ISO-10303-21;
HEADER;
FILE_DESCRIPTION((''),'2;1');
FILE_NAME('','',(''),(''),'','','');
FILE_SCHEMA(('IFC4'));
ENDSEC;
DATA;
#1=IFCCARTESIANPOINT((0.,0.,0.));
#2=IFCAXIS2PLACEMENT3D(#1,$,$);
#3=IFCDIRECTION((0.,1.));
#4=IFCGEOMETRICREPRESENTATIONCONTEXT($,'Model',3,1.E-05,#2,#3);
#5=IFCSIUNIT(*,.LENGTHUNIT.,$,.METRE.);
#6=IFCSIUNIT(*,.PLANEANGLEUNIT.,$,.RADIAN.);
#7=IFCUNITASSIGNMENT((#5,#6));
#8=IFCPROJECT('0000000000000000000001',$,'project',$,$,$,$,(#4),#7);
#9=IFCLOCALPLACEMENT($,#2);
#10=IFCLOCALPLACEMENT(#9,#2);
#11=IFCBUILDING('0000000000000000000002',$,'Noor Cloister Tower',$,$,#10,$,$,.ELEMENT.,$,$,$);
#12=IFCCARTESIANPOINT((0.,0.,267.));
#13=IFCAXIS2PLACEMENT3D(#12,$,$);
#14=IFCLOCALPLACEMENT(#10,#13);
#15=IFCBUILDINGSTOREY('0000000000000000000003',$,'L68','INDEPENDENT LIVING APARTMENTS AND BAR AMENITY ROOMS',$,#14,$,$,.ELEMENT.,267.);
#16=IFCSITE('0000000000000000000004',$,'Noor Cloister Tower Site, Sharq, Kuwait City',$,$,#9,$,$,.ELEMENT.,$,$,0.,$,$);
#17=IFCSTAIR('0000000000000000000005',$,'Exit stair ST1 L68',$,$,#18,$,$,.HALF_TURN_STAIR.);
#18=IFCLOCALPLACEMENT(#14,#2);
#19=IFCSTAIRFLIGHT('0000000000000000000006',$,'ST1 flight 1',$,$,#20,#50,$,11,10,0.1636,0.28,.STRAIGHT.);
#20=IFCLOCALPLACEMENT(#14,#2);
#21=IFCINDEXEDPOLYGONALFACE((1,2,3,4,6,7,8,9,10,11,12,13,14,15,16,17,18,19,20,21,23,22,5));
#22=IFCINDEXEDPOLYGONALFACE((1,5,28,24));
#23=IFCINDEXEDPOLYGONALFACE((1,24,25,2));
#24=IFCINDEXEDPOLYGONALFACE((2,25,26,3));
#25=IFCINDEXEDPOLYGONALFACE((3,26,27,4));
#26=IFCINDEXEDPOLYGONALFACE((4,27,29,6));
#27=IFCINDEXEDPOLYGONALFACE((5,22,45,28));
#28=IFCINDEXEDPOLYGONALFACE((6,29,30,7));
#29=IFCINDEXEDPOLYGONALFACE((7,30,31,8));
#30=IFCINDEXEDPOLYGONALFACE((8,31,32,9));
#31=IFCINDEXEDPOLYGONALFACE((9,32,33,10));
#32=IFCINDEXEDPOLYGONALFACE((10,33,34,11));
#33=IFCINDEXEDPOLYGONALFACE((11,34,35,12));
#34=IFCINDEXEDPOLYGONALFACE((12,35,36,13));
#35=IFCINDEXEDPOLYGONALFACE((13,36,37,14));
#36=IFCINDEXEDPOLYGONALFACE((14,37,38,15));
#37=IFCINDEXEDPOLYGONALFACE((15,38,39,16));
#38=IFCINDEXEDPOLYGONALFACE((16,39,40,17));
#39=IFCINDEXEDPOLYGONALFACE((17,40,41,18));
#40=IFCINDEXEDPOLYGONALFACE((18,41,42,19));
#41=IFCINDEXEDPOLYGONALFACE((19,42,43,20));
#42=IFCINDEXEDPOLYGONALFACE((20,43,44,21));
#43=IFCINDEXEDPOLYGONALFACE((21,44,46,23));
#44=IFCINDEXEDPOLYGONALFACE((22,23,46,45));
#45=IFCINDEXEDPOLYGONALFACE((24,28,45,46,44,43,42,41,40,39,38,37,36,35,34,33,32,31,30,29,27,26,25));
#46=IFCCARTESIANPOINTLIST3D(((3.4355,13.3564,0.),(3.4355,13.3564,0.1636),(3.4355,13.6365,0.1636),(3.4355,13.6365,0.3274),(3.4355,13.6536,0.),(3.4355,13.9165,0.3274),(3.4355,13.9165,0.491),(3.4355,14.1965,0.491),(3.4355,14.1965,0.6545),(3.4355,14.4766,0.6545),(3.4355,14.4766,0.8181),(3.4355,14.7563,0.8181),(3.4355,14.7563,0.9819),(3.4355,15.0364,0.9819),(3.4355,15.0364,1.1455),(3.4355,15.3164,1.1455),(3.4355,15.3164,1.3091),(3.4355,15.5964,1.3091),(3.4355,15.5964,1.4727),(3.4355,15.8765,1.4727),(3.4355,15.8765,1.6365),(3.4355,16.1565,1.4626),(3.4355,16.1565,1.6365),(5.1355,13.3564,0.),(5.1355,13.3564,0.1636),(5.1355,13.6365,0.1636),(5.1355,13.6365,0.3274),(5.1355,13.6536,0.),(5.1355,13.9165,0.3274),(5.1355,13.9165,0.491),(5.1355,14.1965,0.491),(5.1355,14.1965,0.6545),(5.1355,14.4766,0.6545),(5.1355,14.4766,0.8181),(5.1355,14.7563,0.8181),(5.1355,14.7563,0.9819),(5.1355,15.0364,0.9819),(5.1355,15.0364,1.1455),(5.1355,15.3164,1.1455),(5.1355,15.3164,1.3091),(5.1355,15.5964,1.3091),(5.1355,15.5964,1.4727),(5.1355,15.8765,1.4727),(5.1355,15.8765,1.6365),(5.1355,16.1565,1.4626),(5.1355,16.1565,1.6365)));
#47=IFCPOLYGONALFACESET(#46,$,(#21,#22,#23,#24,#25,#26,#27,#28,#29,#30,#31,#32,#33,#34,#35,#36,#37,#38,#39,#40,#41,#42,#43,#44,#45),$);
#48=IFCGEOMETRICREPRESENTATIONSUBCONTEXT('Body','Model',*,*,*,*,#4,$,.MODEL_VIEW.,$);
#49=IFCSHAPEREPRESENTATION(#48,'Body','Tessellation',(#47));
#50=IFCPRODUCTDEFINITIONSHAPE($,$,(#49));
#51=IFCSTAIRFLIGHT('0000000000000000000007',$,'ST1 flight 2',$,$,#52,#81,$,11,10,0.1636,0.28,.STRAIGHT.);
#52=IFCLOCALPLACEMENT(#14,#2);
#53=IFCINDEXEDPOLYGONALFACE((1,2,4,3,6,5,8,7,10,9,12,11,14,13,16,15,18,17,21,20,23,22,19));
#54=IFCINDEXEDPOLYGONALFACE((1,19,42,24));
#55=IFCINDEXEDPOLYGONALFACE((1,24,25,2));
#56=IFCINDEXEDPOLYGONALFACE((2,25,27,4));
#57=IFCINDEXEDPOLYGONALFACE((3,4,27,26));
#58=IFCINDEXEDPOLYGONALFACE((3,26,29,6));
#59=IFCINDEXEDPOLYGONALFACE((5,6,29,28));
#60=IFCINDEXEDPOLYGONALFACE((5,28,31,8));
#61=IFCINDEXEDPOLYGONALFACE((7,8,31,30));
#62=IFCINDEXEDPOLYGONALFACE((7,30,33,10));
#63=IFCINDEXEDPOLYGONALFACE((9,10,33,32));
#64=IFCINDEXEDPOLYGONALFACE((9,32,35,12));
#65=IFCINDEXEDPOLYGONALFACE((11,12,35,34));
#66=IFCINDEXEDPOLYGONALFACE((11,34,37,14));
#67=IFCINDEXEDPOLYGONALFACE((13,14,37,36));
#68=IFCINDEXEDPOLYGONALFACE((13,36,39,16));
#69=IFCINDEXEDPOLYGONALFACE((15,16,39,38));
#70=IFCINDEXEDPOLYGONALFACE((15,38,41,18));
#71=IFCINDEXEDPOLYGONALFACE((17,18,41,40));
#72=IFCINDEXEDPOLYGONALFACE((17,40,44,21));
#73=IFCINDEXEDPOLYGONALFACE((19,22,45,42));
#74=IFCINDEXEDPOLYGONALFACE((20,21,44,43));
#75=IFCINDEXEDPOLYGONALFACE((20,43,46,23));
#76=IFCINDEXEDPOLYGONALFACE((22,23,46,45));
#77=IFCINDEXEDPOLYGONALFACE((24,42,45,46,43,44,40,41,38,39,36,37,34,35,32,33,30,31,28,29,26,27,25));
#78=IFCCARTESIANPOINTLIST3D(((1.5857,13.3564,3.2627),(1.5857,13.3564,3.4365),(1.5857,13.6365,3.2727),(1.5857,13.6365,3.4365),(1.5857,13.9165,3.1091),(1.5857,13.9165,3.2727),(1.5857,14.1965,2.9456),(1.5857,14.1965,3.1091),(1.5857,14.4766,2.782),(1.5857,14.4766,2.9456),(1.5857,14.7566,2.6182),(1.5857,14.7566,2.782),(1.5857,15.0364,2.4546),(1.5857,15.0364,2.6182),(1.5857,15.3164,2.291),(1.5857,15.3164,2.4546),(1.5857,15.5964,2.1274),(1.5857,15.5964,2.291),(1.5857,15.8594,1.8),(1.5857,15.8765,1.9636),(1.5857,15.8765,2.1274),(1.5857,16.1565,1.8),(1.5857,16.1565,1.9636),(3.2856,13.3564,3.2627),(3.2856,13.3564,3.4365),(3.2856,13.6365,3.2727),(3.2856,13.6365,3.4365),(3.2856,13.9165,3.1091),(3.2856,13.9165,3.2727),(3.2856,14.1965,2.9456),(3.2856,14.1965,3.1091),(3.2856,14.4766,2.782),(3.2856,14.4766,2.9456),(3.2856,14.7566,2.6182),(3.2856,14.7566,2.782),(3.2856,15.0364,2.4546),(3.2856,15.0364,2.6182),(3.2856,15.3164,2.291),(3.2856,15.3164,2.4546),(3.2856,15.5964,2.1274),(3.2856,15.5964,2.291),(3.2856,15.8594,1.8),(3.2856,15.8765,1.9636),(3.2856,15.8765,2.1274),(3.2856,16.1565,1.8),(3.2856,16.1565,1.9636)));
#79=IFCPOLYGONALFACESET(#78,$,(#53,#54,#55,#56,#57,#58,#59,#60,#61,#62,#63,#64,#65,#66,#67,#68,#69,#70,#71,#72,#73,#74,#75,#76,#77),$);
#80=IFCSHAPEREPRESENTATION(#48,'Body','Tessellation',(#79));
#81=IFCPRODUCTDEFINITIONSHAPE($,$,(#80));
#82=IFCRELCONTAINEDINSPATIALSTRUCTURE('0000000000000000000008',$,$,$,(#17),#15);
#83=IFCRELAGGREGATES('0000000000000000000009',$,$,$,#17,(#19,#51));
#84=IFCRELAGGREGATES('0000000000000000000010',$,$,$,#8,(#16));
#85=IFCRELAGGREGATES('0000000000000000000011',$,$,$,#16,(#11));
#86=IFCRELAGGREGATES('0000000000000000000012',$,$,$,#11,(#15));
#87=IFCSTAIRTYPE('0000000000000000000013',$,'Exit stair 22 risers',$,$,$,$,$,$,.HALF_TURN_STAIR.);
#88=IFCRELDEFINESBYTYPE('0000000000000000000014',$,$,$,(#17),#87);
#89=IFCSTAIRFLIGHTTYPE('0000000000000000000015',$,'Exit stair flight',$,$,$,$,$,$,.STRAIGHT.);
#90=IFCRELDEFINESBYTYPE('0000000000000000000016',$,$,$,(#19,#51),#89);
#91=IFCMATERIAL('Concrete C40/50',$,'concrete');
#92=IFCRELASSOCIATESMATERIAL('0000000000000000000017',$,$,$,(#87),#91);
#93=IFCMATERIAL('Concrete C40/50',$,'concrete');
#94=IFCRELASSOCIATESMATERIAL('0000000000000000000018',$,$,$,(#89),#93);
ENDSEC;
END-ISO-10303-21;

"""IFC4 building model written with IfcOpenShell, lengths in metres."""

from ifc_helpers import new_model, si_unit, direction, frame, origin, place, context, subcontext, project, spatial, polyline, outline, extrude, material, type_object, element, aggregate, save


model = new_model("IFC4")

# Units and contexts
model_context = context("Model", 3, precision=1e-05, world=origin(), true_north=direction((0.0, 1.0)))
body_context = subcontext(model_context, "Body", "Model", "MODEL_VIEW")
ifc_project = project(units=[si_unit("LENGTHUNIT", "METRE"), si_unit("PLANEANGLEUNIT", "RADIAN")], contexts=[model_context])

# Site, building, storey
site_placement = place(None, origin())
site = spatial("IfcSite", under=ifc_project, at=site_placement, Name="Noor Cloister Tower Site, Sharq, Kuwait City", CompositionType="ELEMENT", RefElevation=0.0)
building_placement = place(site_placement, origin())
building = spatial("IfcBuilding", under=site, at=building_placement, Name="Noor Cloister Tower", CompositionType="ELEMENT")
storey_placement = place(building_placement, frame((0.0, 0.0, 267.0)))
storey = spatial("IfcBuildingStorey", under=building, at=storey_placement, Name="L68", Description="INDEPENDENT LIVING APARTMENTS AND BAR AMENITY ROOMS", CompositionType="ELEMENT", Elevation=267.0)

# Stair, stair flights
ifc_material_1 = material(Name="Concrete C40/50", Category="concrete")
stair_type = type_object("IfcStairType", Name="Exit stair 22 risers", PredefinedType="HALF_TURN_STAIR", material=ifc_material_1)
stair_placement = place(storey_placement, origin())
stair = element("IfcStair", 1, at=stair_placement, inside=storey, type_object=stair_type, Name="Exit stair ST1 L68", PredefinedType="HALF_TURN_STAIR")
ifc_material_2 = material(Name="Concrete C40/50", Category="concrete")
stair_flight_type = type_object("IfcStairFlightType", Name="Exit stair flight", PredefinedType="STRAIGHT", material=ifc_material_2)
stair_flight_1_placement = place(storey_placement, frame((4.2856, 13.3564, 0.0), z_axis=(0.0, 0.0, 1.0), x_axis=(0.0, 1.0, 0.0)))
stair_flight_1 = element("IfcStairFlight", 2, at=stair_flight_1_placement, type_object=stair_flight_type, Name="ST1 flight 1", NumberOfRisers=11, NumberOfTreads=10, PredefinedType="STRAIGHT", RiserHeight=0.1636, TreadLength=0.28, context=body_context, shape_type="SweptSolid", body=[
    extrude(outline(polyline([(0.0, 0.0), (0.0, 0.1636), (0.28, 0.1636), (0.28, 0.3274), (0.5601, 0.3274), (0.5601, 0.491), (0.8401, 0.491), (0.8401, 0.6545), (1.1201, 0.6545), (1.1201, 0.8181), (1.3999, 0.8181), (1.3999, 0.9819), (1.6799, 0.9819), (1.6799, 1.1455), (1.96, 1.1455), (1.96, 1.3091), (2.24, 1.3091), (2.24, 1.4727), (2.52, 1.4727), (2.52, 1.6365), (2.8, 1.6365), (2.8, 1.8), (2.8, 1.4626), (0.2971, 0.0), (0.0, 0.0)])), frame((0.0, 0.8501, 0.0), z_axis=(0.0, -1.0, 0.0), x_axis=(1.0, 0.0, 0.0)), (0.0, 0.0, 1.0), 1.7),
])
stair_flight_2_placement = place(storey_placement, frame((2.4355, 16.1565, 1.8), z_axis=(0.0, 0.0, 1.0), x_axis=(0.0, -1.0, 0.0)))
stair_flight_2 = element("IfcStairFlight", 3, at=stair_flight_2_placement, type_object=stair_flight_type, Name="ST1 flight 2", NumberOfRisers=11, NumberOfTreads=10, PredefinedType="STRAIGHT", RiserHeight=0.1636, TreadLength=0.28, context=body_context, shape_type="SweptSolid", body=[
    extrude(outline(polyline([(0.0, 0.0), (0.0, 0.1636), (0.28, 0.1636), (0.28, 0.3274), (0.5601, 0.3274), (0.5601, 0.491), (0.8401, 0.491), (0.8401, 0.6545), (1.1201, 0.6545), (1.1201, 0.8181), (1.3999, 0.8181), (1.3999, 0.9819), (1.6799, 0.9819), (1.6799, 1.1455), (1.96, 1.1455), (1.96, 1.3091), (2.24, 1.3091), (2.24, 1.4727), (2.52, 1.4727), (2.52, 1.6365), (2.8, 1.6365), (2.8, 1.8), (2.8, 1.4626), (0.2971, 0.0), (0.0, 0.0)])), frame((0.0, 0.8501, 0.0), z_axis=(0.0, -1.0, 0.0), x_axis=(1.0, 0.0, 0.0)), (0.0, 0.0, 1.0), 1.7),
])
aggregate(stair, [stair_flight_1, stair_flight_2])

save(model, "model.ifc")
